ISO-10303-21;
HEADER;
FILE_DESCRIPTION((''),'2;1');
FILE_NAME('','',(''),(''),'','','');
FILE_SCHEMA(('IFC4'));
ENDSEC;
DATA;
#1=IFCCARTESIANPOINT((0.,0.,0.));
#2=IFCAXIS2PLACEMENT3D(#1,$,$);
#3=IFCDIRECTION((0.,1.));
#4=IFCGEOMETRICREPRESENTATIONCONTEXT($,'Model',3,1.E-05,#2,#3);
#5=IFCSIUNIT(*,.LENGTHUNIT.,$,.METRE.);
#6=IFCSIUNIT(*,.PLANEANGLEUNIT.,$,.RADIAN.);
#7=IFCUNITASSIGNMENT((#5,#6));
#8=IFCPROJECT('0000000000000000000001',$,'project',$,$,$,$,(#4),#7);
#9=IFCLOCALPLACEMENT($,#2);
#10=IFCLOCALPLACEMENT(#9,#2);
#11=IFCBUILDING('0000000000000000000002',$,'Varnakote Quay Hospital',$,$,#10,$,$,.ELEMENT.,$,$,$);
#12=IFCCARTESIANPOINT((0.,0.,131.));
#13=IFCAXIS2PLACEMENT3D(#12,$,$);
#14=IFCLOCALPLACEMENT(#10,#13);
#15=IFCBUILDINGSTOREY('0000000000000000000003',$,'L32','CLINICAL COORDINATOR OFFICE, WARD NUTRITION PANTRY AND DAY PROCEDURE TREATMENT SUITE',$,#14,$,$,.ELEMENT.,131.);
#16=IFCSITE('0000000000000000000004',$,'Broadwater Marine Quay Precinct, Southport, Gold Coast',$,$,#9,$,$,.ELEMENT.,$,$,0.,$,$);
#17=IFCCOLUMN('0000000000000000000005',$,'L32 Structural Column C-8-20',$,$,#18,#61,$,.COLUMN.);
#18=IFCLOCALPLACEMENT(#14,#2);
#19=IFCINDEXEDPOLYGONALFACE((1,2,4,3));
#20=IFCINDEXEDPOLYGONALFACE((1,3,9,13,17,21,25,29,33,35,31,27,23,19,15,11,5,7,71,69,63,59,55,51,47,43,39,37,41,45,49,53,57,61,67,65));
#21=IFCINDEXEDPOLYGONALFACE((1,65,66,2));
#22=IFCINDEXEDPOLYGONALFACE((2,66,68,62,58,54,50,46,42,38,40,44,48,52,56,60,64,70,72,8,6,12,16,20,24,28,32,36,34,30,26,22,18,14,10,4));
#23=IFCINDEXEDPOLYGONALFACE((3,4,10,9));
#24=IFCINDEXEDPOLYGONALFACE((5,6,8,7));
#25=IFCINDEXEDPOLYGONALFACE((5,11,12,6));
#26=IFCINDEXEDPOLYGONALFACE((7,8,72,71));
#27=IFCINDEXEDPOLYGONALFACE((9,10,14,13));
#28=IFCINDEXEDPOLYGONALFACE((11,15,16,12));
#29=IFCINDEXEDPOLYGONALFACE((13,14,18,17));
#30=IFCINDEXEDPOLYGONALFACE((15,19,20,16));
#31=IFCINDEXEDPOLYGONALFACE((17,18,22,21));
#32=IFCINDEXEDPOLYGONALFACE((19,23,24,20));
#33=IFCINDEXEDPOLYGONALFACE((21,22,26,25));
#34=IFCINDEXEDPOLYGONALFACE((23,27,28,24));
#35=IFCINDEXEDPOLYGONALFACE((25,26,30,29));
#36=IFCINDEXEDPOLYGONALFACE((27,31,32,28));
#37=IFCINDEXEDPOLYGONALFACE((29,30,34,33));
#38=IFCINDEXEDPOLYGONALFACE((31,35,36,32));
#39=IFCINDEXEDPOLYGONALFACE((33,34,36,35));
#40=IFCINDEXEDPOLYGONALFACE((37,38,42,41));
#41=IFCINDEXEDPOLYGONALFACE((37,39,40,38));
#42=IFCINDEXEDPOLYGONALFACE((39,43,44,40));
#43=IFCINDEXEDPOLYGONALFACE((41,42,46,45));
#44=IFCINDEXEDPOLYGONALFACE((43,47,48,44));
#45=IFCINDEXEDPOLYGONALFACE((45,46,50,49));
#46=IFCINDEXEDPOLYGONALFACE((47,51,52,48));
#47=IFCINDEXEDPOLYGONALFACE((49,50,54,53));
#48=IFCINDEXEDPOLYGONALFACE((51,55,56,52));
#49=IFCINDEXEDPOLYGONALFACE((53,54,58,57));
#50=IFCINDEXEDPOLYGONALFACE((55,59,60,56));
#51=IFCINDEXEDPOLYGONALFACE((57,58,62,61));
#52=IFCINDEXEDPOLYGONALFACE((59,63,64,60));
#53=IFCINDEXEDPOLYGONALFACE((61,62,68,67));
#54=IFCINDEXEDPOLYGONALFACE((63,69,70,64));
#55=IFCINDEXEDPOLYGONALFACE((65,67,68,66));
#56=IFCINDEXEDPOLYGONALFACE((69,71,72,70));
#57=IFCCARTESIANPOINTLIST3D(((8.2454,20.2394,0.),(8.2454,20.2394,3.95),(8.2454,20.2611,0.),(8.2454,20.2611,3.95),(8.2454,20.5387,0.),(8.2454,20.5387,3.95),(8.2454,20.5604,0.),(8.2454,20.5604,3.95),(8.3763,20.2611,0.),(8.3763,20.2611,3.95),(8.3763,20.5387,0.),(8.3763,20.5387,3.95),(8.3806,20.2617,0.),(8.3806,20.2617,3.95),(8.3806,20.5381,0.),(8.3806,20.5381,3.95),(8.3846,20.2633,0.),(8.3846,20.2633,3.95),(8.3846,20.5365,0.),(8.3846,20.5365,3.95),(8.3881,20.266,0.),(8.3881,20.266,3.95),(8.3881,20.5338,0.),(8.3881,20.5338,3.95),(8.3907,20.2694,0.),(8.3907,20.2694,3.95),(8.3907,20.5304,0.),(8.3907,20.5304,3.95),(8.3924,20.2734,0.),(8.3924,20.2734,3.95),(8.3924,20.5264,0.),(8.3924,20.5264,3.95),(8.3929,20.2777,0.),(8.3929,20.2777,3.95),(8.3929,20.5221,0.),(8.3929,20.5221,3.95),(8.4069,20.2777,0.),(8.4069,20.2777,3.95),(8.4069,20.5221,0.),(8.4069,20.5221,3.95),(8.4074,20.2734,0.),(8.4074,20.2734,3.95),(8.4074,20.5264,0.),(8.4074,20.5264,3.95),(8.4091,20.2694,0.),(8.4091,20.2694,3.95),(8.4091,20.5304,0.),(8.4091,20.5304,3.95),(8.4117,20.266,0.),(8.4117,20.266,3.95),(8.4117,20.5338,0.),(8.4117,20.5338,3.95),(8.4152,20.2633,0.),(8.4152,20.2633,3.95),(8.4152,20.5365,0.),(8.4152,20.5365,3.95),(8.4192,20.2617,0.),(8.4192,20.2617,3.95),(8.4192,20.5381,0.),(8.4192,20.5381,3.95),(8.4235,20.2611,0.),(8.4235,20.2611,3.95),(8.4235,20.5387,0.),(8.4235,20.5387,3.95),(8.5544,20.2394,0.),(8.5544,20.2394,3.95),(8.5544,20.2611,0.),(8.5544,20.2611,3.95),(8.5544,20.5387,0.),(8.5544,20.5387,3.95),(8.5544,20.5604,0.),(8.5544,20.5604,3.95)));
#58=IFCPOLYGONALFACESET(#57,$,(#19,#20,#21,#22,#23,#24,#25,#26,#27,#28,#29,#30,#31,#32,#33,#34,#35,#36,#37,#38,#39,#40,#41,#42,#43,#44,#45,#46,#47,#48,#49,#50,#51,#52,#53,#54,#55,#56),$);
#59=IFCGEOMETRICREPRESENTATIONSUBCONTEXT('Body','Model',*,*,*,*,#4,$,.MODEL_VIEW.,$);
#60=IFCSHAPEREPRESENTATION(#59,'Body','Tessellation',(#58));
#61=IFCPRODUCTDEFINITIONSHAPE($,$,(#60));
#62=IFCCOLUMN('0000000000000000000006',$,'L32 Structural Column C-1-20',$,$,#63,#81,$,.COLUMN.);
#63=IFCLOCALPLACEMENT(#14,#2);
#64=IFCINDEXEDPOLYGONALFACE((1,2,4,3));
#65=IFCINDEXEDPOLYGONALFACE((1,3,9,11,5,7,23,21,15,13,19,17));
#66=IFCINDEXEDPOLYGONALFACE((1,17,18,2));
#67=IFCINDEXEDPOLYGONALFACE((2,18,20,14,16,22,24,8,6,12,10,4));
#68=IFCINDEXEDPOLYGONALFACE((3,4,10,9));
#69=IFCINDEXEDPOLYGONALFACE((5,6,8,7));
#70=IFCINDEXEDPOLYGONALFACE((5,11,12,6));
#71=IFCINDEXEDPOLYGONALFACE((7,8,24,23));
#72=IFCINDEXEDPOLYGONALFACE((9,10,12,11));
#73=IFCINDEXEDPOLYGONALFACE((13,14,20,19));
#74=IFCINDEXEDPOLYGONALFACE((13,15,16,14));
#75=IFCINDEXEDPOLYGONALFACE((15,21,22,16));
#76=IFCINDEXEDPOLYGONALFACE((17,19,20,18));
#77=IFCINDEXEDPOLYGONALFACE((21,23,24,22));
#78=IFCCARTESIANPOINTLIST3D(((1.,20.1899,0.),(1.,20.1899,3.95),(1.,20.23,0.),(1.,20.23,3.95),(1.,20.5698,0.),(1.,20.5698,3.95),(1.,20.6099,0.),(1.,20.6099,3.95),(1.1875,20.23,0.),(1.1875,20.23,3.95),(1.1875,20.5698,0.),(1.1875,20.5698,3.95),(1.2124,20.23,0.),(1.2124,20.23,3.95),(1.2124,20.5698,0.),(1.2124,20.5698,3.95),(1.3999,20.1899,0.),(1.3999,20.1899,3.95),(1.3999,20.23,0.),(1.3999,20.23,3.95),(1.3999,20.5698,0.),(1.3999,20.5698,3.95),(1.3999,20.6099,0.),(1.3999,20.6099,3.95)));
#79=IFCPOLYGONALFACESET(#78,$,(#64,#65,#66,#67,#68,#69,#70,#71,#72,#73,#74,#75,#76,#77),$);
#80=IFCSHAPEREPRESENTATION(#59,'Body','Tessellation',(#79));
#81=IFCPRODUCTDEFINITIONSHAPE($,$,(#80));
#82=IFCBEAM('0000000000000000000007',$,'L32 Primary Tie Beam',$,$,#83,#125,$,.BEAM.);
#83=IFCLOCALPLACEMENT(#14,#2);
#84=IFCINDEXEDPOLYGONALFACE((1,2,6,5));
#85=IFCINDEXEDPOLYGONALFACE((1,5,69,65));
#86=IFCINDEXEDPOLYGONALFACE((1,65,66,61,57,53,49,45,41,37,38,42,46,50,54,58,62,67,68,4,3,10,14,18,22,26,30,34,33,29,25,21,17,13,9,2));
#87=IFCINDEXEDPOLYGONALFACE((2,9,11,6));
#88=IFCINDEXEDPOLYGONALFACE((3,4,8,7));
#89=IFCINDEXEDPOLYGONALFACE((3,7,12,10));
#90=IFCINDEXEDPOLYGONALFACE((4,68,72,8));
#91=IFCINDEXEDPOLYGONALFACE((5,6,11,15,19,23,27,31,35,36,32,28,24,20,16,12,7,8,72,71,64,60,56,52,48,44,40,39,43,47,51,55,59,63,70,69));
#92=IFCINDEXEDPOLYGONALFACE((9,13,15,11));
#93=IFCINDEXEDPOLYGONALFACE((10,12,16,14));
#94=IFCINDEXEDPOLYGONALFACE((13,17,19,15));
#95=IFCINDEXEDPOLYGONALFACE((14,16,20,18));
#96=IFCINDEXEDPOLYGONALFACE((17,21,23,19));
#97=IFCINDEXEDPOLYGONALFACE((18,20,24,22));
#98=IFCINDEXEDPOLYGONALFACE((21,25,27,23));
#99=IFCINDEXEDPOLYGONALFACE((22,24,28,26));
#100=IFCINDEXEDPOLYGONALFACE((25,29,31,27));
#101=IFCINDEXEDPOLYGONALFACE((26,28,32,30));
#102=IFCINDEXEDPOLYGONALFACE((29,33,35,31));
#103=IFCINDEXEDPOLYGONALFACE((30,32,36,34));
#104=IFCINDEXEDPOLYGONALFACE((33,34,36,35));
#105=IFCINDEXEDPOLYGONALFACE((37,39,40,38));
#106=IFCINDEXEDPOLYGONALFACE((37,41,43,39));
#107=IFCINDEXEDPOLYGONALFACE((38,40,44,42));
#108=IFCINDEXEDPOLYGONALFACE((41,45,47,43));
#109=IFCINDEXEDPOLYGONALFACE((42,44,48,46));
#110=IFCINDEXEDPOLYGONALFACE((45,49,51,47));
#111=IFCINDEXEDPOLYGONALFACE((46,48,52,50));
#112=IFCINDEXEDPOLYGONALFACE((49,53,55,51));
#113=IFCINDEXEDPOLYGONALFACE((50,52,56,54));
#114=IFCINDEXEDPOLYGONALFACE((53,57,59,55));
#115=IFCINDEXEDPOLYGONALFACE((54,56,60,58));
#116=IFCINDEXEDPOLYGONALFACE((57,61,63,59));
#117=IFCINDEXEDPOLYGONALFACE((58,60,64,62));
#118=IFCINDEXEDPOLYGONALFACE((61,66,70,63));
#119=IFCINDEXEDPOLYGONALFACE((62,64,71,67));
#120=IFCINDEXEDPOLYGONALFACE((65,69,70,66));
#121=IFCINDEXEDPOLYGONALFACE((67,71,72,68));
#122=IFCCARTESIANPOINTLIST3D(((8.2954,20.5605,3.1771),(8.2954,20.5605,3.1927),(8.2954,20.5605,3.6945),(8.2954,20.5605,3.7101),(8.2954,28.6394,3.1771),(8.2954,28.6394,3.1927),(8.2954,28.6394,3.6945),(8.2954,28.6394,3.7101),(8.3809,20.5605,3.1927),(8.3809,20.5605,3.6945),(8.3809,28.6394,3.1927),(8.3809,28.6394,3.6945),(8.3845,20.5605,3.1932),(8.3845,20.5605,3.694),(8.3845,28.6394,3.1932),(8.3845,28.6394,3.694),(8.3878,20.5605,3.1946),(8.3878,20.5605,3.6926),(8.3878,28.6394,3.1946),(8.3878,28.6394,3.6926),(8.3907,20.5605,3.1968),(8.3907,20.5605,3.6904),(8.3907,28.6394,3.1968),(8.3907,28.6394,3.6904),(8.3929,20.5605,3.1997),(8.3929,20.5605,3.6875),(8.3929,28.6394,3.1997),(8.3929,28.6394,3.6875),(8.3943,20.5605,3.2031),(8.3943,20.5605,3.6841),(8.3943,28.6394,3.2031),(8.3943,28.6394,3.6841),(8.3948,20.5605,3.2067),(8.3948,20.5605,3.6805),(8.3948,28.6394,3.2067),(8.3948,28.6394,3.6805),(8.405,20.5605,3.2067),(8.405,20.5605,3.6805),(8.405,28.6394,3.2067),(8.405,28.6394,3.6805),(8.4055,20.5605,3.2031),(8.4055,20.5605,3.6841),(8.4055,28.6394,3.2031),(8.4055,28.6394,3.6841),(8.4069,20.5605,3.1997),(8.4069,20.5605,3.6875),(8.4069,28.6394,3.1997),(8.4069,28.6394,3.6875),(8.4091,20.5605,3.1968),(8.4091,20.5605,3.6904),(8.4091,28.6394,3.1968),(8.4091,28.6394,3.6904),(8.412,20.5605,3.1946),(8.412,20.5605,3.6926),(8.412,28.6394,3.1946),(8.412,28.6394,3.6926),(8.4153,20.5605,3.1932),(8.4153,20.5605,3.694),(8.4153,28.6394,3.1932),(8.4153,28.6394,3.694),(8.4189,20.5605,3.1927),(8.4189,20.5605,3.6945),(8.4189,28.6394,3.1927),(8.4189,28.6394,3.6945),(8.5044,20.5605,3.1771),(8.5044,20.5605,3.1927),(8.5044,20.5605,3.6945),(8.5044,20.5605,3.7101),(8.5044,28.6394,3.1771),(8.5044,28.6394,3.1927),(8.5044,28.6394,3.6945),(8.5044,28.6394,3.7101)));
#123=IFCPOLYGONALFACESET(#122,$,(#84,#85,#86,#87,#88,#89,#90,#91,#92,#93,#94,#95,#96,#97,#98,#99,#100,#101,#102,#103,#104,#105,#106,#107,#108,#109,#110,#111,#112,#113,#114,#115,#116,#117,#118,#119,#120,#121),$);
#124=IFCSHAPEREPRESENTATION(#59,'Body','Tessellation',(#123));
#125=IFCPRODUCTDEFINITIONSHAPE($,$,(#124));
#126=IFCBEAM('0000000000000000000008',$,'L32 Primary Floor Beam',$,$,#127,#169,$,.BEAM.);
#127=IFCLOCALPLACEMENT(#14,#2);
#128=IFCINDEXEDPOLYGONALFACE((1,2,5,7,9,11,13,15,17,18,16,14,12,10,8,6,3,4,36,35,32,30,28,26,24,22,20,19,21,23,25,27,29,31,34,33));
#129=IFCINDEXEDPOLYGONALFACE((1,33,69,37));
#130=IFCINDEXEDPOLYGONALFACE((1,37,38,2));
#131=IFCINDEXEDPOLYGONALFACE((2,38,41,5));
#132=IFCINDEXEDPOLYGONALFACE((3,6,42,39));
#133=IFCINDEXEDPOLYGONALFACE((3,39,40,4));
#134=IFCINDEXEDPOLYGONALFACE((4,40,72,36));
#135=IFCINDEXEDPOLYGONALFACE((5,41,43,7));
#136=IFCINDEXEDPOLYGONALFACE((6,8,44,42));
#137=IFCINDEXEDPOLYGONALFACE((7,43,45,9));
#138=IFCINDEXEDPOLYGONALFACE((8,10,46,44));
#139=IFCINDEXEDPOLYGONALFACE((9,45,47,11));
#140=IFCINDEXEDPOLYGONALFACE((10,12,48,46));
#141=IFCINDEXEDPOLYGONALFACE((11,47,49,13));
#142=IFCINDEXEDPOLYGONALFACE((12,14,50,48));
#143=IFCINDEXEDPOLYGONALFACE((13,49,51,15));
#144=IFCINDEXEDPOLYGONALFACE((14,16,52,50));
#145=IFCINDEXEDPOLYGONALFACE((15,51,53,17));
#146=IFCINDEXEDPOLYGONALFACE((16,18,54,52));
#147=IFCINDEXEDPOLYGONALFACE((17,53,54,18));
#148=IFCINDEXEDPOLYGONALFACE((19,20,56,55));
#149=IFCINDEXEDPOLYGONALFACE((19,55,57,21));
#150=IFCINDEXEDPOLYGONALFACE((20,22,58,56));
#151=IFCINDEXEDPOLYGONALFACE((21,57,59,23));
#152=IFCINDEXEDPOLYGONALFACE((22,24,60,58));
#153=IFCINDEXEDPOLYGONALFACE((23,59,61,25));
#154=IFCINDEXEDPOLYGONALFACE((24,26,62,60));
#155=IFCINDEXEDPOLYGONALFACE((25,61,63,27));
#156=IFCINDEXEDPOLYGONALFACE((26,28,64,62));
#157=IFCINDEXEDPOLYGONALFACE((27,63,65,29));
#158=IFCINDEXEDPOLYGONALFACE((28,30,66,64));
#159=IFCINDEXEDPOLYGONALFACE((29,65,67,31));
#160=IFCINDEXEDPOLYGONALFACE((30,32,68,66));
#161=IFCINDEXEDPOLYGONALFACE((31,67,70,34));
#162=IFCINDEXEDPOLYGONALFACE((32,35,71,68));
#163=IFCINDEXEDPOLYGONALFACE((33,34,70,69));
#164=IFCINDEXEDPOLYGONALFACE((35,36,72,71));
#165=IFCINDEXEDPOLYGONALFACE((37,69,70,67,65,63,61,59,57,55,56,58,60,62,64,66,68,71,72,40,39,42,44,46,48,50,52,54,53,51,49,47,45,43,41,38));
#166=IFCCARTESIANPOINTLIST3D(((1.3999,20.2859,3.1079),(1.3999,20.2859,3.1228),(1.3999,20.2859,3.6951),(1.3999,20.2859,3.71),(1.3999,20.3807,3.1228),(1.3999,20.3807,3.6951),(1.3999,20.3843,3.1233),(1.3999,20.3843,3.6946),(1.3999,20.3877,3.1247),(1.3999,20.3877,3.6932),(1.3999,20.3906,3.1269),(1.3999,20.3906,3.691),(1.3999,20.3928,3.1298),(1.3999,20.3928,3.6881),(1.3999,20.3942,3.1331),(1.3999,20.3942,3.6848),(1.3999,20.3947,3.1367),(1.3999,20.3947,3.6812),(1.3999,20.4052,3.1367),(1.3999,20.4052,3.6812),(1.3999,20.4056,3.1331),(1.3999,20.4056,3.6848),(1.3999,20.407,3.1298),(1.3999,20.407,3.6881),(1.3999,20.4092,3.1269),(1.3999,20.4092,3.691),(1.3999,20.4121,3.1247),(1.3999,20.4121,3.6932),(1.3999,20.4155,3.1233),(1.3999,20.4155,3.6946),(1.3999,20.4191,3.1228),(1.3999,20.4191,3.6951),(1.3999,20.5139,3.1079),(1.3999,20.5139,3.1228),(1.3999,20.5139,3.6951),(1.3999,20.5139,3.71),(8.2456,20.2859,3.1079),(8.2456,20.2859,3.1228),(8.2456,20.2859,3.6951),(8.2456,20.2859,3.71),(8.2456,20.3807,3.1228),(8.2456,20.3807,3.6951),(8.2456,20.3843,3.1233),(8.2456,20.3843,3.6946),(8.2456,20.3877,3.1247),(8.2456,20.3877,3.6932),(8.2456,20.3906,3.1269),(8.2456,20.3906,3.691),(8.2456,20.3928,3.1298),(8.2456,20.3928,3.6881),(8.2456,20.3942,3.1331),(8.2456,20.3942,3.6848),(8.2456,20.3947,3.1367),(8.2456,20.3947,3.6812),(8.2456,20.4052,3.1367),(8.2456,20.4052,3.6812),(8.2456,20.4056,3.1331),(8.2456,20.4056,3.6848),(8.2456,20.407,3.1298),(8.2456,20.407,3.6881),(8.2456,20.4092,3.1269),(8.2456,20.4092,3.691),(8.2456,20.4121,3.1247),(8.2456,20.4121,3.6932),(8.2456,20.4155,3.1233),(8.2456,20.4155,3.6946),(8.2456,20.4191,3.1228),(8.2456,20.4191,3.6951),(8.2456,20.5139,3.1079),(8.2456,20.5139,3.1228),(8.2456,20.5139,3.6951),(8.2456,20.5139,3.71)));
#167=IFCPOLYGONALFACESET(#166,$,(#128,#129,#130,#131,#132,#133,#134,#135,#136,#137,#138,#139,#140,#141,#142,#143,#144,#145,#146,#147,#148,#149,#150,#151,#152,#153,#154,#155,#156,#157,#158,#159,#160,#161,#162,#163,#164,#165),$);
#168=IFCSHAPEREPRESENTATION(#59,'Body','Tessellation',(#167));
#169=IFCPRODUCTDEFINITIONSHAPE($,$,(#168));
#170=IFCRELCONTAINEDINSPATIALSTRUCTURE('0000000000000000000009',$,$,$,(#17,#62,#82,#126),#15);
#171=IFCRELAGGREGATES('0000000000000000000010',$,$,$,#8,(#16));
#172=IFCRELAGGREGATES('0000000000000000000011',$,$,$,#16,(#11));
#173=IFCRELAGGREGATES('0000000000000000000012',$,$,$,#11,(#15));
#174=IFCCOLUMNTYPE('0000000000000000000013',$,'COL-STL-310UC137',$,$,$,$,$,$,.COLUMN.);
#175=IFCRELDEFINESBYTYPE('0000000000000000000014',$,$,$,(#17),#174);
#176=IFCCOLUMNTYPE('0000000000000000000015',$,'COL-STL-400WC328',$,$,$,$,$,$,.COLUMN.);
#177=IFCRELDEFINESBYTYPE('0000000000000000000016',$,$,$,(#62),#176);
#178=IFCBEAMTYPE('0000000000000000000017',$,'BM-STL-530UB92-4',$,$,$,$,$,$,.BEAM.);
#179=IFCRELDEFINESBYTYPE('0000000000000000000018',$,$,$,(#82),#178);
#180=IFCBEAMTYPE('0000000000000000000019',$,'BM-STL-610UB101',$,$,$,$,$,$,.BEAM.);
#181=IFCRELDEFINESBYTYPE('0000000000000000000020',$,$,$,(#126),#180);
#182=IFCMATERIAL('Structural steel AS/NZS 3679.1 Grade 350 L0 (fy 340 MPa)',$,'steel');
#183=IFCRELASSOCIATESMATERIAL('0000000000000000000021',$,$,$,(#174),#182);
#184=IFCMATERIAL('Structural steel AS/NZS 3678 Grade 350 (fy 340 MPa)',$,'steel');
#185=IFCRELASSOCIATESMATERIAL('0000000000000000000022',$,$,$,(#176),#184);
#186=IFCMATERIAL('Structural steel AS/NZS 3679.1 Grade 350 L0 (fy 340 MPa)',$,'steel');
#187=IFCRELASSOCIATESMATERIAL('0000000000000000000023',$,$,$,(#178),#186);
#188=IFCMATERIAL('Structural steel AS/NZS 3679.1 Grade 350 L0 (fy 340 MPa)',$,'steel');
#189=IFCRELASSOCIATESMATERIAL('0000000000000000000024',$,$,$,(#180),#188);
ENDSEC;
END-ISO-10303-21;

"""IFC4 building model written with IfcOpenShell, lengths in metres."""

from ifc_helpers import new_model, si_unit, direction, frame, origin, origin_2d, place, context, subcontext, project, spatial, i_section, extrude, material, material_profile, profile_set, type_object, element, save


model = new_model("IFC4")

# Units and contexts
model_context = context("Model", 3, precision=1e-05, world=origin(), true_north=direction((0.0, 1.0)))
body_context = subcontext(model_context, "Body", "Model", "MODEL_VIEW")
ifc_project = project(units=[si_unit("LENGTHUNIT", "METRE"), si_unit("PLANEANGLEUNIT", "RADIAN")], contexts=[model_context])

# Site, building, storey
site_placement = place(None, origin())
site = spatial("IfcSite", under=ifc_project, at=site_placement, Name="Broadwater Marine Quay Precinct, Southport, Gold Coast", CompositionType="ELEMENT", RefElevation=0.0)
building_placement = place(site_placement, origin())
building = spatial("IfcBuilding", under=site, at=building_placement, Name="Varnakote Quay Hospital", CompositionType="ELEMENT")
storey_placement = place(building_placement, frame((0.0, 0.0, 131.0)))
storey = spatial("IfcBuildingStorey", under=building, at=storey_placement, Name="L32", Description="CLINICAL COORDINATOR OFFICE, WARD NUTRITION PANTRY AND DAY PROCEDURE TREATMENT SUITE", CompositionType="ELEMENT", Elevation=131.0)

# Columns
ifc_material_1 = material(Name="Structural steel AS/NZS 3679.1 Grade 350 L0 (fy 340 MPa)", Category="steel")
ifc_material_profile_1 = material_profile(ifc_material_1, i_section(OverallWidth=0.3091, OverallDepth=0.321, WebThickness=0.0139, FlangeThickness=0.0217, FilletRadius=0.0166, at=origin_2d()), Name="310UC137")
ifc_profile_set_1 = profile_set([ifc_material_profile_1], Name="Structural steel AS/NZS 3679.1 Grade 350 L0 (fy 340 MPa)")
column_type_1 = type_object("IfcColumnType", Name="COL-STL-310UC137", PredefinedType="COLUMN", material=ifc_profile_set_1)
column_1_placement = place(storey_placement, frame((8.3999, 20.3999, 0.0), z_axis=(0.0, 0.0, 1.0), x_axis=(1.0, 0.0, 0.0)))
element("IfcColumn", 1, at=column_1_placement, inside=storey, type_object=column_type_1, Name="L32 Structural Column C-8-20", PredefinedType="COLUMN", context=body_context, shape_type="SweptSolid", body=[
    extrude(i_section(OverallWidth=0.3091, OverallDepth=0.321, WebThickness=0.0139, FlangeThickness=0.0217, FilletRadius=0.0166, at=origin_2d()), origin(), (0.0, 0.0, 1.0), 3.95),
])
ifc_material_2 = material(Name="Structural steel AS/NZS 3678 Grade 350 (fy 340 MPa)", Category="steel")
ifc_material_profile_2 = material_profile(ifc_material_2, i_section(OverallWidth=0.3999, OverallDepth=0.4199, WebThickness=0.0249, FlangeThickness=0.04, at=origin_2d()), Name="400WC328")
ifc_profile_set_2 = profile_set([ifc_material_profile_2], Name="Structural steel AS/NZS 3678 Grade 350 (fy 340 MPa)")
column_type_2 = type_object("IfcColumnType", Name="COL-STL-400WC328", PredefinedType="COLUMN", material=ifc_profile_set_2)
column_2_placement = place(storey_placement, frame((1.2, 20.3999, 0.0), z_axis=(0.0, 0.0, 1.0), x_axis=(1.0, 0.0, 0.0)))
element("IfcColumn", 2, at=column_2_placement, inside=storey, type_object=column_type_2, Name="L32 Structural Column C-1-20", PredefinedType="COLUMN", context=body_context, shape_type="SweptSolid", body=[
    extrude(i_section(OverallWidth=0.3999, OverallDepth=0.4199, WebThickness=0.0249, FlangeThickness=0.04, at=origin_2d()), origin(), (0.0, 0.0, 1.0), 3.95),
])

# Beams
ifc_material_3 = material(Name="Structural steel AS/NZS 3679.1 Grade 350 L0 (fy 340 MPa)", Category="steel")
ifc_material_profile_3 = material_profile(ifc_material_3, i_section(OverallWidth=0.209, OverallDepth=0.533, WebThickness=0.0103, FlangeThickness=0.0156, FilletRadius=0.0139, at=origin_2d()), Name="530UB92.4")
ifc_profile_set_3 = profile_set([ifc_material_profile_3], Name="Structural steel AS/NZS 3679.1 Grade 350 L0 (fy 340 MPa)")
beam_type_1 = type_object("IfcBeamType", Name="BM-STL-530UB92-4", PredefinedType="BEAM", material=ifc_profile_set_3)
beam_1_placement = place(storey_placement, frame((8.3999, 20.5605, 3.4436), z_axis=(0.0, 1.0, 0.0), x_axis=(-1.0, 0.0, 0.0)))
element("IfcBeam", 3, at=beam_1_placement, inside=storey, type_object=beam_type_1, Name="L32 Primary Tie Beam", PredefinedType="BEAM", context=body_context, shape_type="SweptSolid", body=[
    extrude(i_section(OverallWidth=0.209, OverallDepth=0.533, WebThickness=0.0103, FlangeThickness=0.0156, FilletRadius=0.0139, at=origin_2d()), origin(), (0.0, 0.0, 1.0), 8.0789),
])
ifc_material_4 = material(Name="Structural steel AS/NZS 3679.1 Grade 350 L0 (fy 340 MPa)", Category="steel")
ifc_material_profile_4 = material_profile(ifc_material_4, i_section(OverallWidth=0.228, OverallDepth=0.6021, WebThickness=0.0105, FlangeThickness=0.0149, FilletRadius=0.0139, at=origin_2d()), Name="610UB101")
ifc_profile_set_4 = profile_set([ifc_material_profile_4], Name="Structural steel AS/NZS 3679.1 Grade 350 L0 (fy 340 MPa)")
beam_type_2 = type_object("IfcBeamType", Name="BM-STL-610UB101", PredefinedType="BEAM", material=ifc_profile_set_4)
beam_2_placement = place(storey_placement, frame((1.3999, 20.3999, 3.4089), z_axis=(1.0, 0.0, 0.0), x_axis=(0.0, 1.0, 0.0)))
element("IfcBeam", 4, at=beam_2_placement, inside=storey, type_object=beam_type_2, Name="L32 Primary Floor Beam", PredefinedType="BEAM", context=body_context, shape_type="SweptSolid", body=[
    extrude(i_section(OverallWidth=0.228, OverallDepth=0.6021, WebThickness=0.0105, FlangeThickness=0.0149, FilletRadius=0.0139, at=origin_2d()), origin(), (0.0, 0.0, 1.0), 6.8457),
])

save(model, "model.ifc")
